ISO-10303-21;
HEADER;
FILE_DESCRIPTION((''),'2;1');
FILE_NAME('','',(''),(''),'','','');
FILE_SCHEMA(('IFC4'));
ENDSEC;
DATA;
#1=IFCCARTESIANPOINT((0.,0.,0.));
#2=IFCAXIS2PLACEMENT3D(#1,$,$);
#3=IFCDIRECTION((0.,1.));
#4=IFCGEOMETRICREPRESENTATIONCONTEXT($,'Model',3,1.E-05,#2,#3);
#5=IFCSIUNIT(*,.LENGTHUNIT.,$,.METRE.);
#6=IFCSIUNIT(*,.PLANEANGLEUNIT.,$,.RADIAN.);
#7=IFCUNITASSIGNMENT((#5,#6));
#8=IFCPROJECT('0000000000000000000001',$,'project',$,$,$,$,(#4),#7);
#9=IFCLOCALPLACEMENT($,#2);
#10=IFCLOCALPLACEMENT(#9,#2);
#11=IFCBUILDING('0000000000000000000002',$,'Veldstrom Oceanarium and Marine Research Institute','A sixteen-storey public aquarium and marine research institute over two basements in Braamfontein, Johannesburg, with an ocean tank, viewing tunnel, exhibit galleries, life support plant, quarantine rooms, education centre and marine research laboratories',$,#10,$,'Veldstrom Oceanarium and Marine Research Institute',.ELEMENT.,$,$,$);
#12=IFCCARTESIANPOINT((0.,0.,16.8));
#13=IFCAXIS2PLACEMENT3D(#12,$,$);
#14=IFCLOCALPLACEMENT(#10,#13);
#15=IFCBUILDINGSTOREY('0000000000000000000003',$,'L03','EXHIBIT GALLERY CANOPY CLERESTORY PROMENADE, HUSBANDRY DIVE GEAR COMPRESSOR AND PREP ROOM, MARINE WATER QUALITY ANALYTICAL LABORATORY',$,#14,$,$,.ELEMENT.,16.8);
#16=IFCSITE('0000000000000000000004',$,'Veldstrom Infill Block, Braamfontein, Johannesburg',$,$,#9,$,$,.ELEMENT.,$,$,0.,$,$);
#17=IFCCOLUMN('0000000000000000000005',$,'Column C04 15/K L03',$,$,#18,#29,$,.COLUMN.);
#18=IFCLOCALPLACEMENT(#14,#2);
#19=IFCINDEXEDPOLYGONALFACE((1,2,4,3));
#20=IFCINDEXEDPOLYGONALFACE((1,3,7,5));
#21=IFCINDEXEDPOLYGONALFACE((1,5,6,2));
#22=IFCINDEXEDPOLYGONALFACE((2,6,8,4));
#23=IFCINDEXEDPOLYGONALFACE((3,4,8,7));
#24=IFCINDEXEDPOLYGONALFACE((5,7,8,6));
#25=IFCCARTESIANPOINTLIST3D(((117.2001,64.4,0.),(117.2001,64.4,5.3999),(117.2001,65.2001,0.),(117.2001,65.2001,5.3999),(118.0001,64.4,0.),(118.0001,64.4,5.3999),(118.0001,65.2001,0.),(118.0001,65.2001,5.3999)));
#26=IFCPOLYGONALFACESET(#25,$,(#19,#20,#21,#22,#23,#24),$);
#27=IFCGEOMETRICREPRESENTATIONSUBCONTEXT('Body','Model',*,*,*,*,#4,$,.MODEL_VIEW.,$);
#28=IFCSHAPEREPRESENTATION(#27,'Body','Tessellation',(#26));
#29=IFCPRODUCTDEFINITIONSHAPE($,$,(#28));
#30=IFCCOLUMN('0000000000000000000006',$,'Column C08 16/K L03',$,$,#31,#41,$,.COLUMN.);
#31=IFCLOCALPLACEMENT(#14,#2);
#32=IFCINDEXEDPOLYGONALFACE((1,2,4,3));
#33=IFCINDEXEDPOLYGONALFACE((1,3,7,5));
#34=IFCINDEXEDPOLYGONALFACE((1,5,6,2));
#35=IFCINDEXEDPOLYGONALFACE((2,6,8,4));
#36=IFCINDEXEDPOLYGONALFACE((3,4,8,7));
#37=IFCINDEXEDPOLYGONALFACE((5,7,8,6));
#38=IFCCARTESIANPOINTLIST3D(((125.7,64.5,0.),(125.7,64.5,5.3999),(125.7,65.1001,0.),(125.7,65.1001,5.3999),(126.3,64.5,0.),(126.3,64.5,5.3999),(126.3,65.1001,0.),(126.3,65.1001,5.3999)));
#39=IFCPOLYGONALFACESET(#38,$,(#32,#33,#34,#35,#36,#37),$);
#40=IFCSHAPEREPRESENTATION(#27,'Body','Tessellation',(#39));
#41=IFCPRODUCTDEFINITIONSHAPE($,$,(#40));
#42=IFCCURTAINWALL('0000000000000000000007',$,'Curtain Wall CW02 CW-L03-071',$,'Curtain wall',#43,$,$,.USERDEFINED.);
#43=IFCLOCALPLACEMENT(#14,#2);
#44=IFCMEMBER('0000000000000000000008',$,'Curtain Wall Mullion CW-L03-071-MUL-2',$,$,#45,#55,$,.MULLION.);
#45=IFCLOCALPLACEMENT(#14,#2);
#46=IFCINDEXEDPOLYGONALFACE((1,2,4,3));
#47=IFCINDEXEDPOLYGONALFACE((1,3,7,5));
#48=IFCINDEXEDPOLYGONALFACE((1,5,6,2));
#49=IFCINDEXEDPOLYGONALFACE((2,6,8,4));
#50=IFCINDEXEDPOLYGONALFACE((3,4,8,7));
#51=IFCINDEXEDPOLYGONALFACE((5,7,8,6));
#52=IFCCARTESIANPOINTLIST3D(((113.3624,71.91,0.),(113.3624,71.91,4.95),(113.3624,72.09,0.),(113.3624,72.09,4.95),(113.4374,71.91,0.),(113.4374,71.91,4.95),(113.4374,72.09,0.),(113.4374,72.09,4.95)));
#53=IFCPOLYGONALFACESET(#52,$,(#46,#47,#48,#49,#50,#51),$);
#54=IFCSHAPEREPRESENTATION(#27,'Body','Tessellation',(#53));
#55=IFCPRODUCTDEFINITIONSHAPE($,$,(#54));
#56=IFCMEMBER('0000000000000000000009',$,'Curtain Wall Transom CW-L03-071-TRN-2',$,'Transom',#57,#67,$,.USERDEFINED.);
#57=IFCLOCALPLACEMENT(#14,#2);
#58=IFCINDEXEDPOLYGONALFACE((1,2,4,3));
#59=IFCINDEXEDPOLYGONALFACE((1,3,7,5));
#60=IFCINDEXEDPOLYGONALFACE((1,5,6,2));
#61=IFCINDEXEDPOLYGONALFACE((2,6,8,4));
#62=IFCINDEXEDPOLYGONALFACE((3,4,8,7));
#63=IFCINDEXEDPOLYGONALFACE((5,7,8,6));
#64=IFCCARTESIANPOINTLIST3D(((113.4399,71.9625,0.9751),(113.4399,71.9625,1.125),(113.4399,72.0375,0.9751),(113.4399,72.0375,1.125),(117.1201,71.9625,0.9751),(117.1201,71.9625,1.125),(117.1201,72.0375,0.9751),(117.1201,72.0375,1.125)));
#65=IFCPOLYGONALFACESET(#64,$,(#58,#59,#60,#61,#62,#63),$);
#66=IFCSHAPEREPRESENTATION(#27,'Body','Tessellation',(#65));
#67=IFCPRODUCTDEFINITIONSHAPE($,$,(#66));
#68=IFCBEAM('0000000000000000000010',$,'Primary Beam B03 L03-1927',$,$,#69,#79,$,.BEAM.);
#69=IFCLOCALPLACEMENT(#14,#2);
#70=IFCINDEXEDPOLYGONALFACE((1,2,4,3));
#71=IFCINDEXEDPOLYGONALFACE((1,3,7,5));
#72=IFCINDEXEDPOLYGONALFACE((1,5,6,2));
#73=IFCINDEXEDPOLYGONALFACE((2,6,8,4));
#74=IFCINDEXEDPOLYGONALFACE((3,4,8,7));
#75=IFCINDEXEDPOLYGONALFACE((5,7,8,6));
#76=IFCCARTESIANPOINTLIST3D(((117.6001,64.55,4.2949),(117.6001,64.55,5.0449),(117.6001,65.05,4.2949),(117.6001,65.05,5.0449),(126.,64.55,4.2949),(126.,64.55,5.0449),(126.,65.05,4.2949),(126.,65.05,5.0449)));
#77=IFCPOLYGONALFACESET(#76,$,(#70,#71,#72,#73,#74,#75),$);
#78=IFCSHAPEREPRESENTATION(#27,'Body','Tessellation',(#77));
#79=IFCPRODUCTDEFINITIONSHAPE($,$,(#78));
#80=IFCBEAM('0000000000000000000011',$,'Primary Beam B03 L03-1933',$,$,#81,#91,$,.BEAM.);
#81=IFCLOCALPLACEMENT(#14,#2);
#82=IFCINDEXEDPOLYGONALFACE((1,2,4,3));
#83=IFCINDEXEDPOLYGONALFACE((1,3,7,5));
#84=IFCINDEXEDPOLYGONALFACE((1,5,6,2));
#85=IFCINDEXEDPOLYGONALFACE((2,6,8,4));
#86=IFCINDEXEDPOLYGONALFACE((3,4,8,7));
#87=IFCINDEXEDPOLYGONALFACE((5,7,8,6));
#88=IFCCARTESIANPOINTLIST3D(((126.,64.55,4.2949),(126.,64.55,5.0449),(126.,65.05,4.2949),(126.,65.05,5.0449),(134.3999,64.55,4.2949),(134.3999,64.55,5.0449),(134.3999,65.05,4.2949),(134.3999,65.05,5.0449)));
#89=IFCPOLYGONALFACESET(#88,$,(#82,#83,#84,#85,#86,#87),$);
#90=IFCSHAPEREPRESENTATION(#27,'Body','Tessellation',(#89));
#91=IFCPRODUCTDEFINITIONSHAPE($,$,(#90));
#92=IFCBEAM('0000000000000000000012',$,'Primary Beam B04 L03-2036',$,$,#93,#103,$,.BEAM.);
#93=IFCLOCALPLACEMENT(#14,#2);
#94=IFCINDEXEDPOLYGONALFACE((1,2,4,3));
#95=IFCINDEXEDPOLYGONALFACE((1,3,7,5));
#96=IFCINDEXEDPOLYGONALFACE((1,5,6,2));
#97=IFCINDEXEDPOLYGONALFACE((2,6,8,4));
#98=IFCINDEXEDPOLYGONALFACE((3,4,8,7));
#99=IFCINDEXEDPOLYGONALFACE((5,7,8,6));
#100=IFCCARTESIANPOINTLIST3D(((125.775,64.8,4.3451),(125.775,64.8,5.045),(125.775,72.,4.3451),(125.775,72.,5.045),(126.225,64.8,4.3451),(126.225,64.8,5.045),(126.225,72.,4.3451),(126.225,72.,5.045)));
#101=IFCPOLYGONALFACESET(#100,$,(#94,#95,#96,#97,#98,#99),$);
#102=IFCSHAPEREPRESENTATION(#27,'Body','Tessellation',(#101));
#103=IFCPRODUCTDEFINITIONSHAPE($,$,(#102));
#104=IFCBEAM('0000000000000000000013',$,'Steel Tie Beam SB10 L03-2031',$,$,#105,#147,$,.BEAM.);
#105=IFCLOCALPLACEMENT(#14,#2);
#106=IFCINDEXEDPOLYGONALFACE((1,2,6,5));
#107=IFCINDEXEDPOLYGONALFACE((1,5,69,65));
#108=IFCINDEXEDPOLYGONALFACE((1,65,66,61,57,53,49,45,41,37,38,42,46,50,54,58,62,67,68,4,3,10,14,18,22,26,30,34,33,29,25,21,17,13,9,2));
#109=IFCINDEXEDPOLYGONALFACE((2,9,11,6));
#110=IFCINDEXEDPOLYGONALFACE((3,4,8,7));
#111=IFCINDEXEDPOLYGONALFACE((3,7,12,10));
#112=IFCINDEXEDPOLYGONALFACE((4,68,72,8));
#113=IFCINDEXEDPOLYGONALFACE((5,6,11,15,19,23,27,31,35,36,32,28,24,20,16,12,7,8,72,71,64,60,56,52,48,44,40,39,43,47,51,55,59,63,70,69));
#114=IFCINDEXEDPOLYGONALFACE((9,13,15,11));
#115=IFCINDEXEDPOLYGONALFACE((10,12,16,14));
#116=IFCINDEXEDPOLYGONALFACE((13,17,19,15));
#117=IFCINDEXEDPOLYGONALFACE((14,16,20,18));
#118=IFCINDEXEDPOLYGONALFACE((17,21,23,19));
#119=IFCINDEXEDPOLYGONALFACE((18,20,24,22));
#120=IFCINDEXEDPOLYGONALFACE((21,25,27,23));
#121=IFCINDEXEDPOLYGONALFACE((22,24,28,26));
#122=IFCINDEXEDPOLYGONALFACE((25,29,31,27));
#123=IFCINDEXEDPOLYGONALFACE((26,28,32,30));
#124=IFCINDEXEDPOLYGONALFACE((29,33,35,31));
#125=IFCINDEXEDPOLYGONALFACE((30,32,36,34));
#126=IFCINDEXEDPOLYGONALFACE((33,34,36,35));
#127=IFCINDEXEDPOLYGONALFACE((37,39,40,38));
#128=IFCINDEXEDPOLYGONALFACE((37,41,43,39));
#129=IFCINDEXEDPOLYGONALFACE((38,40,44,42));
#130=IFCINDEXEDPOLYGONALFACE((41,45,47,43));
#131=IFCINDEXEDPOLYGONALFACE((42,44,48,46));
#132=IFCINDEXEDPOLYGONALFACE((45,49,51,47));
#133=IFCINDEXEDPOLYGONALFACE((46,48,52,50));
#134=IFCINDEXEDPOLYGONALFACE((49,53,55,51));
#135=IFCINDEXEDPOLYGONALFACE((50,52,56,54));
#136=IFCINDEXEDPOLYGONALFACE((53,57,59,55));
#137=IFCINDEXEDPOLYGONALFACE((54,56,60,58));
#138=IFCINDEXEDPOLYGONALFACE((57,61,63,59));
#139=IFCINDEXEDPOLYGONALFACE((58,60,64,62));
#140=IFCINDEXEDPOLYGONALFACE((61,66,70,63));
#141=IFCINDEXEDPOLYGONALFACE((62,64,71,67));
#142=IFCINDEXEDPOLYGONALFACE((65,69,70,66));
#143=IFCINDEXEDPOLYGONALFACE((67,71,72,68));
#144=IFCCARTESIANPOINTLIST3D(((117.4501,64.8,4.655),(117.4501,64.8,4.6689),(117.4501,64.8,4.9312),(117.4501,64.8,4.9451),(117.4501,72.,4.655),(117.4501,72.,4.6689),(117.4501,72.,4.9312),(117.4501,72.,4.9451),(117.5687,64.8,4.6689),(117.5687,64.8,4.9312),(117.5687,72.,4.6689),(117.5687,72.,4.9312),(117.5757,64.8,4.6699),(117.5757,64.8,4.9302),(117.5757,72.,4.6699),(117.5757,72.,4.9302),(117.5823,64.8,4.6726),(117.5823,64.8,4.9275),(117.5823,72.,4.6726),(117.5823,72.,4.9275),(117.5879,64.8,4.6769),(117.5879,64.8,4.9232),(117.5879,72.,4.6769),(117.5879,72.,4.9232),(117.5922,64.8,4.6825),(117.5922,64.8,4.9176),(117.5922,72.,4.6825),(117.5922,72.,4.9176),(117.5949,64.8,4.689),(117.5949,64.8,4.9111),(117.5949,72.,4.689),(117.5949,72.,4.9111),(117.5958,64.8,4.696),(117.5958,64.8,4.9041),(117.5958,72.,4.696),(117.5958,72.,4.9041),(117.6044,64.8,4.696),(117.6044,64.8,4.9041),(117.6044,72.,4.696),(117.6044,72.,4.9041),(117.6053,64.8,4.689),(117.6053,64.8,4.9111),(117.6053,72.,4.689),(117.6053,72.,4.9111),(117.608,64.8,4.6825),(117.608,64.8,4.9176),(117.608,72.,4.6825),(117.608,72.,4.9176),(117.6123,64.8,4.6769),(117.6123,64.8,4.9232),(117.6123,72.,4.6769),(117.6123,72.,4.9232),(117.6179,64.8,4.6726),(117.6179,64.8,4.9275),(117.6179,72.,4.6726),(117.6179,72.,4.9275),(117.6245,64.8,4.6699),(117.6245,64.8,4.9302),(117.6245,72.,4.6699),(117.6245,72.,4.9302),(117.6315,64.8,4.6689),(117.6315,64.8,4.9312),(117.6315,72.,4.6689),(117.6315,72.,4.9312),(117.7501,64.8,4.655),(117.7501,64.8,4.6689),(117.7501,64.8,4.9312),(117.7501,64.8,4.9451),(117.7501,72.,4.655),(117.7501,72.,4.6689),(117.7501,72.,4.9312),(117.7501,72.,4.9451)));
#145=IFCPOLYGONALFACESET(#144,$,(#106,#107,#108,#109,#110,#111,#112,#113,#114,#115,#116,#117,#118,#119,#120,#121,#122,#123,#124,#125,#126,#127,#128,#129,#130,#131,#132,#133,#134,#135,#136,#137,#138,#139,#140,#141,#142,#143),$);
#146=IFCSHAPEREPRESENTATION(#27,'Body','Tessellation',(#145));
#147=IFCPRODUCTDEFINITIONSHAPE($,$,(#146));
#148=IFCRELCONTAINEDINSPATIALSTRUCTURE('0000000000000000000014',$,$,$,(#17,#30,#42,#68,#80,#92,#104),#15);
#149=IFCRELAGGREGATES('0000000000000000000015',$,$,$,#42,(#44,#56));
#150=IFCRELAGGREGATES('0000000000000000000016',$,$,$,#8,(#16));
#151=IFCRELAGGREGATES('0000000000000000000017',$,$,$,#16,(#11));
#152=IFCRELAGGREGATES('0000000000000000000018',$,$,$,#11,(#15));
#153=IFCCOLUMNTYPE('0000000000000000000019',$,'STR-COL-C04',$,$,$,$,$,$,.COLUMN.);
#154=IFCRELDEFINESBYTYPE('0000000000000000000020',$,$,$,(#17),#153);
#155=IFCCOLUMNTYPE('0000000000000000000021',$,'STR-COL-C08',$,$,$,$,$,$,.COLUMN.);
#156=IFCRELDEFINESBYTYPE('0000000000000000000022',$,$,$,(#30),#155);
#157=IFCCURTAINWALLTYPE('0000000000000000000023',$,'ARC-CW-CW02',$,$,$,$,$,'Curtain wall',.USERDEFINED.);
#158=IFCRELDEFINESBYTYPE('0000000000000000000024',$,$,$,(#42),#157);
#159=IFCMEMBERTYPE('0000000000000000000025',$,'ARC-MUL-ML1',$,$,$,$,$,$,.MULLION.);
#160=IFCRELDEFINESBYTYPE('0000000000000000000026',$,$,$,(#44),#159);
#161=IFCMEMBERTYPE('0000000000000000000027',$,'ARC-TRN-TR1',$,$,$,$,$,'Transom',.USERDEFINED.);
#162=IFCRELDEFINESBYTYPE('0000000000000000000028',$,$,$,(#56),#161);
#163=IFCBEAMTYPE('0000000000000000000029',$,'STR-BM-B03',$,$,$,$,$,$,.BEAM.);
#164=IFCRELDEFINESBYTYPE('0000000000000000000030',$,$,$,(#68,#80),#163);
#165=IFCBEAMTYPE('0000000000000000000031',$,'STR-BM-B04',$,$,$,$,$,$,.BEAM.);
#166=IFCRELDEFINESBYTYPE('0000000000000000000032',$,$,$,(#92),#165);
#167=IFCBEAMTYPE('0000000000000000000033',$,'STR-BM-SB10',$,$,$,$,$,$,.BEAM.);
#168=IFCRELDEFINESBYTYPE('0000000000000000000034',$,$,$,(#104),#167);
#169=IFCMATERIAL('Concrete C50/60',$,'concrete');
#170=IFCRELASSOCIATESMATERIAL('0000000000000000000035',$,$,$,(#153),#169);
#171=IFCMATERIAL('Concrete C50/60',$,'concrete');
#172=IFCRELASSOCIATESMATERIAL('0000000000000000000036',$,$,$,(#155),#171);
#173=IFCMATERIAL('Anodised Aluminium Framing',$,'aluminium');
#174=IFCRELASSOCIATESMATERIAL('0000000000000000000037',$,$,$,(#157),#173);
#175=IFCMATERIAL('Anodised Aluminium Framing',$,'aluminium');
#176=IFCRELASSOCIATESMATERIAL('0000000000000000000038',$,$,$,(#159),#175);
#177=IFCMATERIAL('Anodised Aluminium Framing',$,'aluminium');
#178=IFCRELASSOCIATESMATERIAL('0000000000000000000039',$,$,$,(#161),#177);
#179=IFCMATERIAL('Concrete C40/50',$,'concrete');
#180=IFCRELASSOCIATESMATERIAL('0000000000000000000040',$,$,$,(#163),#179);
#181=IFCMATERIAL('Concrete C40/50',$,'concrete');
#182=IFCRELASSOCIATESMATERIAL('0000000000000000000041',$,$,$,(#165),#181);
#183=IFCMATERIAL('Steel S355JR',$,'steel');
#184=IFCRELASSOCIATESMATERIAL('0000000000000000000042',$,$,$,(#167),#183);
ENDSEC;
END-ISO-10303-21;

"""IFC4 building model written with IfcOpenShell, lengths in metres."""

from ifc_helpers import new_model, si_unit, direction, frame, origin, origin_2d, place, context, subcontext, project, spatial, rectangle, i_section, extrude, material, material_profile, profile_set, type_object, element, aggregate, save


model = new_model("IFC4")

# Units and contexts
model_context = context("Model", 3, precision=1e-05, world=origin(), true_north=direction((0.0, 1.0)))
body_context = subcontext(model_context, "Body", "Model", "MODEL_VIEW")
ifc_project = project(units=[si_unit("LENGTHUNIT", "METRE"), si_unit("PLANEANGLEUNIT", "RADIAN")], contexts=[model_context])

# Site, building, storey
site_placement = place(None, origin())
site = spatial("IfcSite", under=ifc_project, at=site_placement, Name="Veldstrom Infill Block, Braamfontein, Johannesburg", CompositionType="ELEMENT", RefElevation=0.0)
building_placement = place(site_placement, origin())
building = spatial("IfcBuilding", under=site, at=building_placement, Name="Veldstrom Oceanarium and Marine Research Institute", Description="A sixteen-storey public aquarium and marine research institute over two basements in Braamfontein, Johannesburg, with an ocean tank, viewing tunnel, exhibit galleries, life support plant, quarantine rooms, education centre and marine research laboratories", LongName="Veldstrom Oceanarium and Marine Research Institute", CompositionType="ELEMENT")
storey_placement = place(building_placement, frame((0.0, 0.0, 16.8)))
storey = spatial("IfcBuildingStorey", under=building, at=storey_placement, Name="L03", Description="EXHIBIT GALLERY CANOPY CLERESTORY PROMENADE, HUSBANDRY DIVE GEAR COMPRESSOR AND PREP ROOM, MARINE WATER QUALITY ANALYTICAL LABORATORY", CompositionType="ELEMENT", Elevation=16.8)

# Columns
ifc_material_1 = material(Name="Concrete C50/60", Category="concrete")
ifc_material_profile_1 = material_profile(ifc_material_1, rectangle(XDim=0.8, YDim=0.8, at=origin_2d()), Name="RC-COL-800x800")
ifc_profile_set_1 = profile_set([ifc_material_profile_1], Name="Concrete C50/60")
column_type_1 = type_object("IfcColumnType", Name="STR-COL-C04", PredefinedType="COLUMN", material=ifc_profile_set_1)
column_1_placement = place(storey_placement, frame((117.6001, 64.8, 0.0), z_axis=(0.0, 0.0, 1.0), x_axis=(1.0, 0.0, 0.0)))
element("IfcColumn", 1, at=column_1_placement, inside=storey, type_object=column_type_1, Name="Column C04 15/K L03", PredefinedType="COLUMN", context=body_context, shape_type="SweptSolid", body=[
    extrude(rectangle(XDim=0.8, YDim=0.8, at=origin_2d()), origin(), (0.0, 0.0, 1.0), 5.3999),
])
ifc_material_2 = material(Name="Concrete C50/60", Category="concrete")
ifc_material_profile_2 = material_profile(ifc_material_2, rectangle(XDim=0.6001, YDim=0.6001, at=origin_2d()), Name="RC-COL-600x600")
ifc_profile_set_2 = profile_set([ifc_material_profile_2], Name="Concrete C50/60")
column_type_2 = type_object("IfcColumnType", Name="STR-COL-C08", PredefinedType="COLUMN", material=ifc_profile_set_2)
column_2_placement = place(storey_placement, frame((126.0, 64.8, 0.0), z_axis=(0.0, 0.0, 1.0), x_axis=(1.0, 0.0, 0.0)))
element("IfcColumn", 2, at=column_2_placement, inside=storey, type_object=column_type_2, Name="Column C08 16/K L03", PredefinedType="COLUMN", context=body_context, shape_type="SweptSolid", body=[
    extrude(rectangle(XDim=0.6001, YDim=0.6001, at=origin_2d()), origin(), (0.0, 0.0, 1.0), 5.3999),
])

# Curtain wall, members
ifc_material_3 = material(Name="Anodised Aluminium Framing", Category="aluminium")
curtain_wall_type = type_object("IfcCurtainWallType", Name="ARC-CW-CW02", ElementType="Curtain wall", PredefinedType="USERDEFINED", material=ifc_material_3)
curtain_wall_placement = place(storey_placement, origin())
curtain_wall = element("IfcCurtainWall", 3, at=curtain_wall_placement, inside=storey, type_object=curtain_wall_type, Name="Curtain Wall CW02 CW-L03-071", ObjectType="Curtain wall", PredefinedType="USERDEFINED")
ifc_material_4 = material(Name="Anodised Aluminium Framing", Category="aluminium")
ifc_material_profile_3 = material_profile(ifc_material_4, rectangle(XDim=0.075, YDim=0.1799, at=origin_2d()), Name="ALU-MUL-75x180")
ifc_profile_set_3 = profile_set([ifc_material_profile_3], Name="Anodised Aluminium Framing")
member_type_1 = type_object("IfcMemberType", Name="ARC-MUL-ML1", PredefinedType="MULLION", material=ifc_profile_set_3)
member_1_placement = place(storey_placement, frame((113.3999, 72.0, 0.0), z_axis=(0.0, 0.0, 1.0), x_axis=(1.0, 0.0, 0.0)))
member_1 = element("IfcMember", 4, at=member_1_placement, type_object=member_type_1, Name="Curtain Wall Mullion CW-L03-071-MUL-2", PredefinedType="MULLION", context=body_context, shape_type="SweptSolid", body=[
    extrude(rectangle(XDim=0.075, YDim=0.1799, at=origin_2d()), origin(), (0.0, 0.0, 1.0), 4.95),
])
ifc_material_5 = material(Name="Anodised Aluminium Framing", Category="aluminium")
ifc_material_profile_4 = material_profile(ifc_material_5, rectangle(XDim=0.075, YDim=0.1499, at=origin_2d()), Name="ALU-TRN-75x150")
ifc_profile_set_4 = profile_set([ifc_material_profile_4], Name="Anodised Aluminium Framing")
member_type_2 = type_object("IfcMemberType", Name="ARC-TRN-TR1", ElementType="Transom", PredefinedType="USERDEFINED", material=ifc_profile_set_4)
member_2_placement = place(storey_placement, frame((113.4399, 72.0, 1.05), z_axis=(1.0, 0.0, 0.0), x_axis=(0.0, 1.0, 0.0)))
member_2 = element("IfcMember", 5, at=member_2_placement, type_object=member_type_2, Name="Curtain Wall Transom CW-L03-071-TRN-2", ObjectType="Transom", PredefinedType="USERDEFINED", context=body_context, shape_type="SweptSolid", body=[
    extrude(rectangle(XDim=0.075, YDim=0.1499, at=origin_2d()), origin(), (0.0, 0.0, 1.0), 3.6802),
])
aggregate(curtain_wall, [member_1, member_2])

# Beams
ifc_material_6 = material(Name="Concrete C40/50", Category="concrete")
ifc_material_profile_5 = material_profile(ifc_material_6, rectangle(XDim=0.5, YDim=0.75, at=origin_2d()), Name="RC-BM-500x750")
ifc_profile_set_5 = profile_set([ifc_material_profile_5], Name="Concrete C40/50")
beam_type_1 = type_object("IfcBeamType", Name="STR-BM-B03", PredefinedType="BEAM", material=ifc_profile_set_5)
for number, where, z_axis, x_axis, name in (
    (6, (117.6001, 64.8, 4.6699), (1.0, 0.0, 0.0), (0.0, 1.0, 0.0), "Primary Beam B03 L03-1927"),
    (7, (126.0, 64.8, 4.6699), (1.0, 0.0, 0.0), (0.0, 1.0, 0.0), "Primary Beam B03 L03-1933"),
):
    element("IfcBeam", number, at=place(storey_placement, frame(where, z_axis=z_axis, x_axis=x_axis)), inside=storey, type_object=beam_type_1, Name=name, PredefinedType="BEAM", context=body_context, shape_type="SweptSolid", body=[
        extrude(rectangle(XDim=0.5, YDim=0.75, at=origin_2d()), origin(), (0.0, 0.0, 1.0), 8.3999),
    ])
ifc_material_7 = material(Name="Concrete C40/50", Category="concrete")
ifc_material_profile_6 = material_profile(ifc_material_7, rectangle(XDim=0.45, YDim=0.7, at=origin_2d()), Name="RC-BM-450x700")
ifc_profile_set_6 = profile_set([ifc_material_profile_6], Name="Concrete C40/50")
beam_type_2 = type_object("IfcBeamType", Name="STR-BM-B04", PredefinedType="BEAM", material=ifc_profile_set_6)
beam_1_placement = place(storey_placement, frame((126.0, 64.8, 4.6951), z_axis=(0.0, 1.0, 0.0), x_axis=(-1.0, 0.0, 0.0)))
element("IfcBeam", 8, at=beam_1_placement, inside=storey, type_object=beam_type_2, Name="Primary Beam B04 L03-2036", PredefinedType="BEAM", context=body_context, shape_type="SweptSolid", body=[
    extrude(rectangle(XDim=0.45, YDim=0.7, at=origin_2d()), origin(), (0.0, 0.0, 1.0), 7.2),
])
ifc_material_8 = material(Name="Steel S355JR", Category="steel")
ifc_material_profile_7 = material_profile(ifc_material_8, i_section(OverallWidth=0.3, OverallDepth=0.29, WebThickness=0.0085, FlangeThickness=0.0139, FilletRadius=0.0271, at=origin_2d()), Name="HEA 300")
ifc_profile_set_7 = profile_set([ifc_material_profile_7], Name="Steel S355JR")
beam_type_3 = type_object("IfcBeamType", Name="STR-BM-SB10", PredefinedType="BEAM", material=ifc_profile_set_7)
beam_2_placement = place(storey_placement, frame((117.6001, 64.8, 4.8), z_axis=(0.0, 1.0, 0.0), x_axis=(-1.0, 0.0, 0.0)))
element("IfcBeam", 9, at=beam_2_placement, inside=storey, type_object=beam_type_3, Name="Steel Tie Beam SB10 L03-2031", PredefinedType="BEAM", context=body_context, shape_type="SweptSolid", body=[
    extrude(i_section(OverallWidth=0.3, OverallDepth=0.29, WebThickness=0.0085, FlangeThickness=0.0139, FilletRadius=0.0271, at=origin_2d()), origin(), (0.0, 0.0, 1.0), 7.2),
])

save(model, "model.ifc")
